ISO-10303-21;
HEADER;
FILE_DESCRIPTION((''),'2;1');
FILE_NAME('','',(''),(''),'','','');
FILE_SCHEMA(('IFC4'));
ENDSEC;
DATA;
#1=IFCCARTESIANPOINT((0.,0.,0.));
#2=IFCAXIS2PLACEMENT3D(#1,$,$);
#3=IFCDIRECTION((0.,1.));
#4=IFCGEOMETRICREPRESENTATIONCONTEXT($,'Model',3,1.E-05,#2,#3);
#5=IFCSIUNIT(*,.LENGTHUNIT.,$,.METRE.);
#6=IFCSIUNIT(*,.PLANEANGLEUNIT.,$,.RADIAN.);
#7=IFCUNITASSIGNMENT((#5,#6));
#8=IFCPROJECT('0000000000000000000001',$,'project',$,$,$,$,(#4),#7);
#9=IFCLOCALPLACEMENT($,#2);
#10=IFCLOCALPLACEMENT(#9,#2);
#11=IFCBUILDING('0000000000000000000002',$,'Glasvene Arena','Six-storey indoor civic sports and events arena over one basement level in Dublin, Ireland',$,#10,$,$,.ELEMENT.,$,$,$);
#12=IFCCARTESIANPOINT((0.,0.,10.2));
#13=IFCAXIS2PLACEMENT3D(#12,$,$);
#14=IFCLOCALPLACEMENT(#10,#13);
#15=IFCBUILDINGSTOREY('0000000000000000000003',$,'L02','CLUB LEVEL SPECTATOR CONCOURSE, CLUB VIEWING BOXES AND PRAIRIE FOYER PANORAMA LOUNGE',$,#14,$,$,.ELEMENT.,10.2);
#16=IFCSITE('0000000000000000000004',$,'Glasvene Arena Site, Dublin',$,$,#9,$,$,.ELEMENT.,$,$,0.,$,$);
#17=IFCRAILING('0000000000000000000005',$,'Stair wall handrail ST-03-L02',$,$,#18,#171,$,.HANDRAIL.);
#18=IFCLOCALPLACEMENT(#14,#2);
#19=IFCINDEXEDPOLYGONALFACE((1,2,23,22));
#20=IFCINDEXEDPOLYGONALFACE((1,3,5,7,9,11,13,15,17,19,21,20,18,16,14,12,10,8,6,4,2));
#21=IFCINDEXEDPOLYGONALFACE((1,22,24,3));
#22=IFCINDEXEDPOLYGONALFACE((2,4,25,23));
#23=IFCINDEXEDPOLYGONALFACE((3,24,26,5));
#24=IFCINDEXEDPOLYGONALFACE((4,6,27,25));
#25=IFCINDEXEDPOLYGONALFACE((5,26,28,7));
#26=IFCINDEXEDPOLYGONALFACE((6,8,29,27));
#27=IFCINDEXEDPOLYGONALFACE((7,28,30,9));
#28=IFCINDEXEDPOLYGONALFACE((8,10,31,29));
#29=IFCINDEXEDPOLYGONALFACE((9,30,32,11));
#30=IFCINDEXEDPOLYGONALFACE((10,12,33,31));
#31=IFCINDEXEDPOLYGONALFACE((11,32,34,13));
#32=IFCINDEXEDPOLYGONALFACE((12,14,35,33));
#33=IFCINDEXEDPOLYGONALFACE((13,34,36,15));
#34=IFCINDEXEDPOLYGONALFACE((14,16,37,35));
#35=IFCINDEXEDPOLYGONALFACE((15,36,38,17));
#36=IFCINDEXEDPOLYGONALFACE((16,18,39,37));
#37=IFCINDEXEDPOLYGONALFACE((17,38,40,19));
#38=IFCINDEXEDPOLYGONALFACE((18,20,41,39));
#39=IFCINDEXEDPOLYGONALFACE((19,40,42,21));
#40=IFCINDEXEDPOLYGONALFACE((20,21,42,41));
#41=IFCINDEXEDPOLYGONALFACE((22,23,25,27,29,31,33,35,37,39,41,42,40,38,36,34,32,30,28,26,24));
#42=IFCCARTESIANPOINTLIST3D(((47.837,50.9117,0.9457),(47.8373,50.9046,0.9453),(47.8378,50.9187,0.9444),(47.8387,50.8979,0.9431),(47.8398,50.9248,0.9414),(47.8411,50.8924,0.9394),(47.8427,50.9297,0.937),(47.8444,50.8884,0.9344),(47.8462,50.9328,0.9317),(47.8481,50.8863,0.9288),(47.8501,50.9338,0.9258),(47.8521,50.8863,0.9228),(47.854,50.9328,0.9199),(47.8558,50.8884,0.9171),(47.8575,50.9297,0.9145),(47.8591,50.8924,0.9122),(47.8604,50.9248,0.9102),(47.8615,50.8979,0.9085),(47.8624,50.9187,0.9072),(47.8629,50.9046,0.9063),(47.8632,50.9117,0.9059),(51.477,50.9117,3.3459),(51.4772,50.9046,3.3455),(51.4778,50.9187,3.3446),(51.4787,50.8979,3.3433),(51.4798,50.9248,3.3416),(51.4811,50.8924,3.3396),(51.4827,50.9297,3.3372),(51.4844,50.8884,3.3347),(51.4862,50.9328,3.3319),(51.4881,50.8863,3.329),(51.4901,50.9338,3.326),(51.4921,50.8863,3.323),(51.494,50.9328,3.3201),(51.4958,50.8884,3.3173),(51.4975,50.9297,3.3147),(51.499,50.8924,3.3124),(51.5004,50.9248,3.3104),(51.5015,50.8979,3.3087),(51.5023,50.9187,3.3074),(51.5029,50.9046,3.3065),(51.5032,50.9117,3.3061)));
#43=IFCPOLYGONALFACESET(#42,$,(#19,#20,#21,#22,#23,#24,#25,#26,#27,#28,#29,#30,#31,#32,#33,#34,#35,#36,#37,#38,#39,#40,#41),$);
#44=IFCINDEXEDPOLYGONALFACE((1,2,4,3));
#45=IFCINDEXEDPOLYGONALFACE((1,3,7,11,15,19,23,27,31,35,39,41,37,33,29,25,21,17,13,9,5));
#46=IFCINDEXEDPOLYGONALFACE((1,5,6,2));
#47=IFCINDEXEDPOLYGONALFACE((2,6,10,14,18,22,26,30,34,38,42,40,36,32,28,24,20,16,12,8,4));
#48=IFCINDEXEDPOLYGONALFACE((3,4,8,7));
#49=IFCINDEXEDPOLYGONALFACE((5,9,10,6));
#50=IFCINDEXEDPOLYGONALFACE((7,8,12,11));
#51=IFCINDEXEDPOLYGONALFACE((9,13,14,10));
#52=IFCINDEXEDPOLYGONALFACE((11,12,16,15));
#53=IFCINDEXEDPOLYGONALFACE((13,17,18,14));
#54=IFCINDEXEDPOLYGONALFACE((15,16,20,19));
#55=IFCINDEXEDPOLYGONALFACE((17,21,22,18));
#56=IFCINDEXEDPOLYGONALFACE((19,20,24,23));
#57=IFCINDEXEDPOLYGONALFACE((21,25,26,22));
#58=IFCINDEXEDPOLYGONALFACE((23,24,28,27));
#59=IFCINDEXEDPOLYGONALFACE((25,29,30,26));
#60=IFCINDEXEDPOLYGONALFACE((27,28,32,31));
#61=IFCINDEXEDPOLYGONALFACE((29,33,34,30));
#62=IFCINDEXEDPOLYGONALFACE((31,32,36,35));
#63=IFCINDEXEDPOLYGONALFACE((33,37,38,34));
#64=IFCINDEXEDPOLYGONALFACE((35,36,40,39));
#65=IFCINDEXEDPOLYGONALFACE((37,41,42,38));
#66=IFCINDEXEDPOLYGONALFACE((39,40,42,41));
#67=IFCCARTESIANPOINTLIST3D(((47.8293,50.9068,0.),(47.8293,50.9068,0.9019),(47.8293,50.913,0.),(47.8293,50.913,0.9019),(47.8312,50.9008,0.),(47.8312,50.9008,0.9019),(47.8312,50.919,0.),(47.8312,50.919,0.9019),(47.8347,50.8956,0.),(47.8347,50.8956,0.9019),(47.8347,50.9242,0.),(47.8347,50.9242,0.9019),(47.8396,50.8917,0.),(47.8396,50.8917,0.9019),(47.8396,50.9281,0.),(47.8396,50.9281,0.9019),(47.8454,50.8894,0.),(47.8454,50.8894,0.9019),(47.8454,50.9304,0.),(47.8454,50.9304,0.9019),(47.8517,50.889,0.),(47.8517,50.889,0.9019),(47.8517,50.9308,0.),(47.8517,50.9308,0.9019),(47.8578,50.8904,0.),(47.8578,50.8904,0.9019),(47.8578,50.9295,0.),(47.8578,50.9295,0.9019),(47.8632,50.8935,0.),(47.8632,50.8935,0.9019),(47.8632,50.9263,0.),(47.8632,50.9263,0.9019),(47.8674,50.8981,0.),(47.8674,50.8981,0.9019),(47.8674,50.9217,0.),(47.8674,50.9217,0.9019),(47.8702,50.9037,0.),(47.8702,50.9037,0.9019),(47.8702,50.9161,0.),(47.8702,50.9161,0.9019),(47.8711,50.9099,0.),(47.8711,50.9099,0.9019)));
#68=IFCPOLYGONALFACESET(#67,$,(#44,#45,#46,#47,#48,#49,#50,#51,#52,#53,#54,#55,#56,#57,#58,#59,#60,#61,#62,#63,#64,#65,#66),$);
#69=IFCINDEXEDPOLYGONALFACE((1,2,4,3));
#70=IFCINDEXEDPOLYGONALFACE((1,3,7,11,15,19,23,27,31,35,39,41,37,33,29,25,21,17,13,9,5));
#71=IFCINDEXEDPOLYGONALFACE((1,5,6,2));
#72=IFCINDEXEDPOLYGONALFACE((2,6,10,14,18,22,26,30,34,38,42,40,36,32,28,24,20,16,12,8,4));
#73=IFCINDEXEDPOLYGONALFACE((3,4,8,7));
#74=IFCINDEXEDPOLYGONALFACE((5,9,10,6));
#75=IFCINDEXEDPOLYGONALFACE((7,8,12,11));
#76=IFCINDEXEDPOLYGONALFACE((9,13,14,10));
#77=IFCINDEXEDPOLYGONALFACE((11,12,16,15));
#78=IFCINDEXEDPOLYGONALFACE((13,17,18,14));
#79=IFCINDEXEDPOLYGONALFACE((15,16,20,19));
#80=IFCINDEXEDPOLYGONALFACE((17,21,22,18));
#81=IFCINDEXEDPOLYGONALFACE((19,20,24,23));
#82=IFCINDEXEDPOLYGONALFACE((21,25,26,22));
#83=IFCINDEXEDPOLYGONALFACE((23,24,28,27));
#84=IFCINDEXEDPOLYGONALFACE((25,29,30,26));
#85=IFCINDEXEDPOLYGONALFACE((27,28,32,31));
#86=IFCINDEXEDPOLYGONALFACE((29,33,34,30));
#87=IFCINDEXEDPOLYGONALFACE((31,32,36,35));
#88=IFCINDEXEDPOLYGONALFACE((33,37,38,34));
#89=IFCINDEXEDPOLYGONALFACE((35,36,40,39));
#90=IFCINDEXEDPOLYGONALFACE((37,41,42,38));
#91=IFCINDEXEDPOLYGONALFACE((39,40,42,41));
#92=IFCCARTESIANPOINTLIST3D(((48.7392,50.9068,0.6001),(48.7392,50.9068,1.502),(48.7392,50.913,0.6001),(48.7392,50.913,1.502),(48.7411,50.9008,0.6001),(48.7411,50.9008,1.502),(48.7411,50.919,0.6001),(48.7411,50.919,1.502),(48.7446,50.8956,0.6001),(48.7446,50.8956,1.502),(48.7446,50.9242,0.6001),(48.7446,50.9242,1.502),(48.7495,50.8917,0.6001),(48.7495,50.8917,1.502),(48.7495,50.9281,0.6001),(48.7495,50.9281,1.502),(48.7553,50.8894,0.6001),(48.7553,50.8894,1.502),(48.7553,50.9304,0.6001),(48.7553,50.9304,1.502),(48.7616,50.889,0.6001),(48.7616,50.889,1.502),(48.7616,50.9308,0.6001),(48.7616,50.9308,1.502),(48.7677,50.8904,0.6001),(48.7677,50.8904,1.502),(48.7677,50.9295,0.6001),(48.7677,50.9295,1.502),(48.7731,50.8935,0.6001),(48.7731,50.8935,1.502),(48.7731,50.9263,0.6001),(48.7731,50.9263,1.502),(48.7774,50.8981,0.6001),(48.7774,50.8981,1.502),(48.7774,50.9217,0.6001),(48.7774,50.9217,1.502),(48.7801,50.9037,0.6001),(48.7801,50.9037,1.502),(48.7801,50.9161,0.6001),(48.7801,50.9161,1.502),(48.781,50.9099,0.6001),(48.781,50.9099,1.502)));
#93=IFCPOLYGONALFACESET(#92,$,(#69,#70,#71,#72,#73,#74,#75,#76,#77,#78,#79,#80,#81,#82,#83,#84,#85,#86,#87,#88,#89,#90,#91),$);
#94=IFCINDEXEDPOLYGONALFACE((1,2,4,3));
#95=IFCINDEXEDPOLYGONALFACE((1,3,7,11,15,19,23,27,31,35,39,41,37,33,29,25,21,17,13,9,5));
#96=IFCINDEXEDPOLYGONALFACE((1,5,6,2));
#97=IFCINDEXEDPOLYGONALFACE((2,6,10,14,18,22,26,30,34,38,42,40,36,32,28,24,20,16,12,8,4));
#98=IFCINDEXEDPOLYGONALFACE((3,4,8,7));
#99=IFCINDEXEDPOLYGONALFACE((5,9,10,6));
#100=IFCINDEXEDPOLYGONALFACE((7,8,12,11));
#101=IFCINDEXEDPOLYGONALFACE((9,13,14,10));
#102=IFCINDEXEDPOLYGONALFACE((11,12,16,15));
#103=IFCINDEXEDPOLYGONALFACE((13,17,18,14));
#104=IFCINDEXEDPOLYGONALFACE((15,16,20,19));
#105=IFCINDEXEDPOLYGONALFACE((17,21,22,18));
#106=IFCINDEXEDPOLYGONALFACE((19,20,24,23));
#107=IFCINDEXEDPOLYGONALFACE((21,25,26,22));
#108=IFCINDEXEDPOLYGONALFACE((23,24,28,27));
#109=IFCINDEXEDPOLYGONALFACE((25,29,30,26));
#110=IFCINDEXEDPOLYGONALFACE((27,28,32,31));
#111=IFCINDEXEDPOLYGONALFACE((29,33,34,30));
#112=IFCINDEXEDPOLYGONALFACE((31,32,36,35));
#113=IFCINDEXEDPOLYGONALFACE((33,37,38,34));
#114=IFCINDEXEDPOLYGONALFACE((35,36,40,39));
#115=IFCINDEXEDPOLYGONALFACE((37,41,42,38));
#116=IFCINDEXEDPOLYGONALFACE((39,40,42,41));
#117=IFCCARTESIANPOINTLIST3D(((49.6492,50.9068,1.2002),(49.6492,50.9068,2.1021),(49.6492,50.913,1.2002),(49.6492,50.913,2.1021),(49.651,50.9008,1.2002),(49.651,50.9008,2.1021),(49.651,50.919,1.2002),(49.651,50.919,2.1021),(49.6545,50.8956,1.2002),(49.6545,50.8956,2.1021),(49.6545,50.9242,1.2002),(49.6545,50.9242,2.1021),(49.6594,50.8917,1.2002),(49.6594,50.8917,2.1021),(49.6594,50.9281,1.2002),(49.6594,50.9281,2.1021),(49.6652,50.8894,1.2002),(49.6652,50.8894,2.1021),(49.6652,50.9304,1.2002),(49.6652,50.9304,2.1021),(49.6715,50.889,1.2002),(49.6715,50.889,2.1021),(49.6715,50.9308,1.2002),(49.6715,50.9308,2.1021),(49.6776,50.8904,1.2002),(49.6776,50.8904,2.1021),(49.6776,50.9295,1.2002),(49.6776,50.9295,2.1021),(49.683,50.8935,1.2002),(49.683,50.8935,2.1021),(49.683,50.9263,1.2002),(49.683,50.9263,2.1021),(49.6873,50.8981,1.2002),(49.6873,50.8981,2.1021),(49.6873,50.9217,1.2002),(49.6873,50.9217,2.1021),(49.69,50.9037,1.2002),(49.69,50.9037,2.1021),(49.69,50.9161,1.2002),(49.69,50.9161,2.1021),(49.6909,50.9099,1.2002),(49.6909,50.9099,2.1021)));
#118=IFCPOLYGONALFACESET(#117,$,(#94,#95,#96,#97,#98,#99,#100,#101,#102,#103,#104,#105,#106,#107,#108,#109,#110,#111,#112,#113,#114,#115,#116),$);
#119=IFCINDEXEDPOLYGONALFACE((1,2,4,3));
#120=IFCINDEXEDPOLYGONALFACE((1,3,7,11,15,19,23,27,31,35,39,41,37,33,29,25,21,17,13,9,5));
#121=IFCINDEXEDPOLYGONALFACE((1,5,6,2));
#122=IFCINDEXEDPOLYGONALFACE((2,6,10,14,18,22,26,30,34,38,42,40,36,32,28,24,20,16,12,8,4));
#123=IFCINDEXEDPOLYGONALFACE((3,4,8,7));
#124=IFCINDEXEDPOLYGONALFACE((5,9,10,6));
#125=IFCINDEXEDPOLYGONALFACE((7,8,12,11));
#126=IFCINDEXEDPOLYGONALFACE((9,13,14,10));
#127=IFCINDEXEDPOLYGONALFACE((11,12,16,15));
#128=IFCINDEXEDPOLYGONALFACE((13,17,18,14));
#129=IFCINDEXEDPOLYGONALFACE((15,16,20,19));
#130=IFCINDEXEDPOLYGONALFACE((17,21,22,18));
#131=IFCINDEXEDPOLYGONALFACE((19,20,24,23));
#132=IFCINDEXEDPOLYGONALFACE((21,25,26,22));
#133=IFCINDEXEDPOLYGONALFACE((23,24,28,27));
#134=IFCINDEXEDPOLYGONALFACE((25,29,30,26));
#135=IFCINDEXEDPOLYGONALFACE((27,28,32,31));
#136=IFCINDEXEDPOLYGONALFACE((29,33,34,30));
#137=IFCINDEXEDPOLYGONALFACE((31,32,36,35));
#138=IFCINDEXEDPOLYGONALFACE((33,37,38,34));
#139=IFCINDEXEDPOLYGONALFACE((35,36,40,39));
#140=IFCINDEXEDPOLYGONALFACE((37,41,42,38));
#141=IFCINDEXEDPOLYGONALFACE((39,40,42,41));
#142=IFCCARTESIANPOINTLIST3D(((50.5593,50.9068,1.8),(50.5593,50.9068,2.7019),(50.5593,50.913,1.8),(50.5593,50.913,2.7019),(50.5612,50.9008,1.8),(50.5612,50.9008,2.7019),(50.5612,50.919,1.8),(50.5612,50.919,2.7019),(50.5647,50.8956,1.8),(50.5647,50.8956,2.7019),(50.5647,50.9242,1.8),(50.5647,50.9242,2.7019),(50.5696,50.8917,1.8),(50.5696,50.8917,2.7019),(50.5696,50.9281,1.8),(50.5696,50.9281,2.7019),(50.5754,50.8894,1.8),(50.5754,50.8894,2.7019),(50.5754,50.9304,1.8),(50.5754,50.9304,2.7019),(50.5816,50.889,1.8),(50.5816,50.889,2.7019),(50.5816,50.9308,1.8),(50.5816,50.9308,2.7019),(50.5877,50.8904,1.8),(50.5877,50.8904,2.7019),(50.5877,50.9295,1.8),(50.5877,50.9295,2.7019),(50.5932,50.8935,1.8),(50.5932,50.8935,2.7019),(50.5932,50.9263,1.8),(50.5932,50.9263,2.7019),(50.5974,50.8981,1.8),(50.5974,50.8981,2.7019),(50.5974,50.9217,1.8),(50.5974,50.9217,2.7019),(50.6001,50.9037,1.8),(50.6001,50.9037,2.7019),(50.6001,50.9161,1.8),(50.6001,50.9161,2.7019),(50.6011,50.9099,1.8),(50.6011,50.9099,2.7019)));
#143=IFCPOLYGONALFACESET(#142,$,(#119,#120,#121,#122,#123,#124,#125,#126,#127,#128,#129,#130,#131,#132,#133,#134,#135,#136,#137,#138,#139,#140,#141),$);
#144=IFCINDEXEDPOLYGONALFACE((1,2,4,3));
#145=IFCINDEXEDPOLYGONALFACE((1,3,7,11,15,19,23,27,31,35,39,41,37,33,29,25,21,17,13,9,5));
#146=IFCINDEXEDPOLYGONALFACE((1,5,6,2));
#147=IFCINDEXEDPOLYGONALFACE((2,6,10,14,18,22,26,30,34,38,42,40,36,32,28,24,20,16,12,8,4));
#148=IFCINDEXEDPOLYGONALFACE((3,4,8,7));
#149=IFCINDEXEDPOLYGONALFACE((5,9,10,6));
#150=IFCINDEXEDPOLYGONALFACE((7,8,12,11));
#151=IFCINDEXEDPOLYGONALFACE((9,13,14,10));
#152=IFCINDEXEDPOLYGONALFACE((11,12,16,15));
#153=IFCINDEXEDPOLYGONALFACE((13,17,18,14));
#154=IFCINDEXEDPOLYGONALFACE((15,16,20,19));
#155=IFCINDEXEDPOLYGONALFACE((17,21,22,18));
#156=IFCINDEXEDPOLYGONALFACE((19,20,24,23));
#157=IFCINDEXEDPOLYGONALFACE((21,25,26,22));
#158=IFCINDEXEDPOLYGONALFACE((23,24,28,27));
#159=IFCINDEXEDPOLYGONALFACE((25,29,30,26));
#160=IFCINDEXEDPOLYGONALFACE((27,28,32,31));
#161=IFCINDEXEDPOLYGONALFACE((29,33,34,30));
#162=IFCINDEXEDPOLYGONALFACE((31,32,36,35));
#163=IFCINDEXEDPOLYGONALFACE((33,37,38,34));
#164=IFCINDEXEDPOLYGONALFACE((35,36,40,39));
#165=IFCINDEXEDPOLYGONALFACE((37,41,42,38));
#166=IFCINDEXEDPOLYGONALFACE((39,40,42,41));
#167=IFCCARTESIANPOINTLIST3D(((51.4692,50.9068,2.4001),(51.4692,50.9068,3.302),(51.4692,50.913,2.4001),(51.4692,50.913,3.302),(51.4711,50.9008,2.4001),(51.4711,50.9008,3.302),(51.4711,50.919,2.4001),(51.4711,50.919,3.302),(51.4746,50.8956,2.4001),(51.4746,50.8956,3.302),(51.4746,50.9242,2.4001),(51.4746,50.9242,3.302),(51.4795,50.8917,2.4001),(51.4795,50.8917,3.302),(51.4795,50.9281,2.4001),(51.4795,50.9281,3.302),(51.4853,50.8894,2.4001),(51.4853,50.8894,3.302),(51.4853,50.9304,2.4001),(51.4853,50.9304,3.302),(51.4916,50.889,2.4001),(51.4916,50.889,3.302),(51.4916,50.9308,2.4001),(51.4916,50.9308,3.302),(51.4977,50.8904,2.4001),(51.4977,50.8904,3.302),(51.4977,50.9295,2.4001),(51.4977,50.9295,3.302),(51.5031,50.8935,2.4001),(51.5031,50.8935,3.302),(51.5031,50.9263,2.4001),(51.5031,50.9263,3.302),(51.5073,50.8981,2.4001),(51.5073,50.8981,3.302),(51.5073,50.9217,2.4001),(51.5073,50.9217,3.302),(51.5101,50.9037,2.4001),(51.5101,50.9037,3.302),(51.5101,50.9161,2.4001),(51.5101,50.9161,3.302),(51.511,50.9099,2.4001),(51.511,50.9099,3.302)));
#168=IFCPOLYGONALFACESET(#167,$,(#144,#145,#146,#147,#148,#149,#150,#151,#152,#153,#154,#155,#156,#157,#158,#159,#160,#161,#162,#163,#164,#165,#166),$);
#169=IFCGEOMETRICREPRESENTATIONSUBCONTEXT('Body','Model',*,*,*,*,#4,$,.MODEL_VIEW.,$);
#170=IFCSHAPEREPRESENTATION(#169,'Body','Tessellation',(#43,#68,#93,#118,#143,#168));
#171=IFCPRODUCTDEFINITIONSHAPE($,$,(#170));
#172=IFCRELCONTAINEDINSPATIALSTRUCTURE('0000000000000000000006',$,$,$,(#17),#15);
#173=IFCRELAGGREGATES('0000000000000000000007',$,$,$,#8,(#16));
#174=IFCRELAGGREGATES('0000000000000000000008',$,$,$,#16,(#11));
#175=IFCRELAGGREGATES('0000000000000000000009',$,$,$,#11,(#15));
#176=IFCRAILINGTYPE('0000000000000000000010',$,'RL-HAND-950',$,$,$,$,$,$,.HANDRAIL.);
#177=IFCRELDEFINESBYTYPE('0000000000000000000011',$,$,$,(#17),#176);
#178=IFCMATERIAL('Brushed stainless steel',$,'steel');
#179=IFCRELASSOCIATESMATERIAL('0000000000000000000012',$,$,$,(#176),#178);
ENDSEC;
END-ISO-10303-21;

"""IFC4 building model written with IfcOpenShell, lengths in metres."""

from ifc_helpers import new_model, si_unit, direction, frame, origin, origin_2d, place, context, subcontext, project, spatial, circle, extrude, material, type_object, element, save


model = new_model("IFC4")

# Units and contexts
model_context = context("Model", 3, precision=1e-05, world=origin(), true_north=direction((0.0, 1.0)))
body_context = subcontext(model_context, "Body", "Model", "MODEL_VIEW")
ifc_project = project(units=[si_unit("LENGTHUNIT", "METRE"), si_unit("PLANEANGLEUNIT", "RADIAN")], contexts=[model_context])

# Site, building, storey
site_placement = place(None, origin())
site = spatial("IfcSite", under=ifc_project, at=site_placement, Name="Glasvene Arena Site, Dublin", CompositionType="ELEMENT", RefElevation=0.0)
building_placement = place(site_placement, origin())
building = spatial("IfcBuilding", under=site, at=building_placement, Name="Glasvene Arena", Description="Six-storey indoor civic sports and events arena over one basement level in Dublin, Ireland", CompositionType="ELEMENT")
storey_placement = place(building_placement, frame((0.0, 0.0, 10.2)))
storey = spatial("IfcBuildingStorey", under=building, at=storey_placement, Name="L02", Description="CLUB LEVEL SPECTATOR CONCOURSE, CLUB VIEWING BOXES AND PRAIRIE FOYER PANORAMA LOUNGE", CompositionType="ELEMENT", Elevation=10.2)

# Shared definitions
ifc_material_1 = material(Name="Brushed stainless steel", Category="steel")

# Railing
railing_type_1 = type_object("IfcRailingType", Name="RL-HAND-950", PredefinedType="HANDRAIL", material=ifc_material_1)
railing_1_placement = place(storey_placement, frame((47.8501, 50.9099, 0.0)))
element("IfcRailing", 1, at=railing_1_placement, inside=storey, type_object=railing_type_1, Name="Stair wall handrail ST-03-L02", PredefinedType="HANDRAIL", context=body_context, shape_type="SweptSolid", body=[
    extrude(circle(Radius=0.0239, at=origin_2d()), frame((0.0, 0.0, 0.9258), z_axis=(0.834839, 0.0, 0.550493), x_axis=(0.0, 1.0, 0.0)), (0.0, 0.0, 1.0), 4.3601),
    extrude(circle(Radius=0.021, at=origin_2d()), origin(), (0.0, 0.0, 1.0), 0.9019),
    extrude(circle(Radius=0.021, at=origin_2d()), frame((0.9099, 0.0, 0.6001)), (0.0, 0.0, 1.0), 0.9019),
    extrude(circle(Radius=0.021, at=origin_2d()), frame((1.8198, 0.0, 1.2002)), (0.0, 0.0, 1.0), 0.9019),
    extrude(circle(Radius=0.021, at=origin_2d()), frame((2.73, 0.0, 1.8)), (0.0, 0.0, 1.0), 0.9019),
    extrude(circle(Radius=0.021, at=origin_2d()), frame((3.6399, 0.0, 2.4001)), (0.0, 0.0, 1.0), 0.9019),
])

save(model, "model.ifc")
